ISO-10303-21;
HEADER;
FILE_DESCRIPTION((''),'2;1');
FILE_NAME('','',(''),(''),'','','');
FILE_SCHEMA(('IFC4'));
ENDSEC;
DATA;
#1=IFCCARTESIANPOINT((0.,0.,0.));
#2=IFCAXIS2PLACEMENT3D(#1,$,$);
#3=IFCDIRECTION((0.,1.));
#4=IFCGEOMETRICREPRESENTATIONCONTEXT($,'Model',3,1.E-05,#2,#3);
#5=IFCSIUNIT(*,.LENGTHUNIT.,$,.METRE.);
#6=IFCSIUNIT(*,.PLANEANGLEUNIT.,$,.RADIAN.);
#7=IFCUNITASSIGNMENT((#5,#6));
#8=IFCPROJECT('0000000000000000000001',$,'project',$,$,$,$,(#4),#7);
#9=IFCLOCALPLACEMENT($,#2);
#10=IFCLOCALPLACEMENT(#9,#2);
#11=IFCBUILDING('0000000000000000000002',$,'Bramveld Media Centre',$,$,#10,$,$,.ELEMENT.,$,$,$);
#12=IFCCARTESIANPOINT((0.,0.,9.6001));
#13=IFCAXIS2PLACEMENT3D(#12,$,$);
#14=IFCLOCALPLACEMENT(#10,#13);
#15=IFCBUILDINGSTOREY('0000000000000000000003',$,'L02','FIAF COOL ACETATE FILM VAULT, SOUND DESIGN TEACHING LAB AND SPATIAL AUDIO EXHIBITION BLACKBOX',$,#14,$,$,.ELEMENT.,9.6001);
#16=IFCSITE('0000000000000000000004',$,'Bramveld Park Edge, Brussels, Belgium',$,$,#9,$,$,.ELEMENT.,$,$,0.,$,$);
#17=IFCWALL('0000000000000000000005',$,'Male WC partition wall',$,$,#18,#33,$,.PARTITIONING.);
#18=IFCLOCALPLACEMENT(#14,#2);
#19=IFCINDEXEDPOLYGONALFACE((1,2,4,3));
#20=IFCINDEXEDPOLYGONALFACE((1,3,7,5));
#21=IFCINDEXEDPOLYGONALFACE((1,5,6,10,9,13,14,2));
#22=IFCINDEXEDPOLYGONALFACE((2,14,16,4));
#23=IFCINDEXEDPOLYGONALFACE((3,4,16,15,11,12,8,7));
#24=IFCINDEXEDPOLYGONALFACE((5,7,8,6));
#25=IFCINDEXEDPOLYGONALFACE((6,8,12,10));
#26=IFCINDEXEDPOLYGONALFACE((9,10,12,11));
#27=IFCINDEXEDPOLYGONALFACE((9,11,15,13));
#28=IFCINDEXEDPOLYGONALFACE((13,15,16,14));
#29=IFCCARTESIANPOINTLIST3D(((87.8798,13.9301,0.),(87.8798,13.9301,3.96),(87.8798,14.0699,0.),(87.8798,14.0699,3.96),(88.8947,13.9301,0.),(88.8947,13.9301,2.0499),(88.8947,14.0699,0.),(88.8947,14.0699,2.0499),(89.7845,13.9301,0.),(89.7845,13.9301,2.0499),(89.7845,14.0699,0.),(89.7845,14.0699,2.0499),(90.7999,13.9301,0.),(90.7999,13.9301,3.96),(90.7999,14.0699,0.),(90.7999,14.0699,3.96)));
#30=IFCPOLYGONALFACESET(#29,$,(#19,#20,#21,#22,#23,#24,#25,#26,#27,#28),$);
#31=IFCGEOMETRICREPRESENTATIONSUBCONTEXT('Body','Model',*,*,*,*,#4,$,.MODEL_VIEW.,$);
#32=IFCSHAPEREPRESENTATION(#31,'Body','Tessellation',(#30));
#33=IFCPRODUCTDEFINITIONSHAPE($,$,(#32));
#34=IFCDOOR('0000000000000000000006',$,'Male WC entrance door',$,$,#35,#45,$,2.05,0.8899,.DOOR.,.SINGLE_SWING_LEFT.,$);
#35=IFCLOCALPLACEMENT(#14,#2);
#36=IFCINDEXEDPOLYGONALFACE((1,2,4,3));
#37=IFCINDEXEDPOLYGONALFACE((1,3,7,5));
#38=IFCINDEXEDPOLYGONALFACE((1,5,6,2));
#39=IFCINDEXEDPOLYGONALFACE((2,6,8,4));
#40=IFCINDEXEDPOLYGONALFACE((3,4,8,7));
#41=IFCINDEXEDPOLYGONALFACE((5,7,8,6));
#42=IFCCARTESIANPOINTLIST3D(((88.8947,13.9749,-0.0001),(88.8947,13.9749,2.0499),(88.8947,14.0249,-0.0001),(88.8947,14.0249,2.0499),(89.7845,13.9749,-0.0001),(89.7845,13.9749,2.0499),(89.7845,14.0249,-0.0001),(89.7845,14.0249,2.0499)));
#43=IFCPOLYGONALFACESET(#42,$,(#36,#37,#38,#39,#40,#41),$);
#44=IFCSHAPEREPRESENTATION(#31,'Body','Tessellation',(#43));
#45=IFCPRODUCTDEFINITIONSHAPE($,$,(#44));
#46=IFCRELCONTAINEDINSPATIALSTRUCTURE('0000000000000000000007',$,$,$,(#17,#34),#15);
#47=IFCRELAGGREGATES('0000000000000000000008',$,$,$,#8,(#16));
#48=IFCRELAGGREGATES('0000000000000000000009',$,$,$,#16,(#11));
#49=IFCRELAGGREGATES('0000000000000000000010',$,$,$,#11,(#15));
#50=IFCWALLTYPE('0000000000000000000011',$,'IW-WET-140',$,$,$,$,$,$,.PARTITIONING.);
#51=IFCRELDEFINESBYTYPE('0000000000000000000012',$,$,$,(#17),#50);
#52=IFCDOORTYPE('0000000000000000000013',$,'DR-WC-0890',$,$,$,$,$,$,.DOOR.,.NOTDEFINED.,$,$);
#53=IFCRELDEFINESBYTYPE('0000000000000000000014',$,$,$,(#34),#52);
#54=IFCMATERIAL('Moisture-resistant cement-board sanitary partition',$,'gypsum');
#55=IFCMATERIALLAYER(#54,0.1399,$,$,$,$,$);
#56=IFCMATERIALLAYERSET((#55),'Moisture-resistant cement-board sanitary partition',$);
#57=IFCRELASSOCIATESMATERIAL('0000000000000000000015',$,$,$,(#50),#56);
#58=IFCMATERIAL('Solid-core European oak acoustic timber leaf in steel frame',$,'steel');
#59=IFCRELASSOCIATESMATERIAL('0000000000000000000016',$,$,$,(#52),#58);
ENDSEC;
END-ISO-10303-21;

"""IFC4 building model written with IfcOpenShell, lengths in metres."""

from ifc_helpers import new_model, si_unit, direction, frame, frame_2d, origin, place, context, subcontext, project, spatial, rectangle, extrude, material, layer, layer_set, type_object, element, fill, save


model = new_model("IFC4")

# Units and contexts
model_context = context("Model", 3, precision=1e-05, world=origin(), true_north=direction((0.0, 1.0)))
body_context = subcontext(model_context, "Body", "Model", "MODEL_VIEW")
ifc_project = project(units=[si_unit("LENGTHUNIT", "METRE"), si_unit("PLANEANGLEUNIT", "RADIAN")], contexts=[model_context])

# Site, building, storey
site_placement = place(None, origin())
site = spatial("IfcSite", under=ifc_project, at=site_placement, Name="Bramveld Park Edge, Brussels, Belgium", CompositionType="ELEMENT", RefElevation=0.0)
building_placement = place(site_placement, origin())
building = spatial("IfcBuilding", under=site, at=building_placement, Name="Bramveld Media Centre", CompositionType="ELEMENT")
storey_placement = place(building_placement, frame((0.0, 0.0, 9.6001)))
storey = spatial("IfcBuildingStorey", under=building, at=storey_placement, Name="L02", Description="FIAF COOL ACETATE FILM VAULT, SOUND DESIGN TEACHING LAB AND SPATIAL AUDIO EXHIBITION BLACKBOX", CompositionType="ELEMENT", Elevation=9.6001)

# Shared definitions
ifc_material_1 = material(Name="Moisture-resistant cement-board sanitary partition", Category="gypsum")
ifc_layer_1 = layer(ifc_material_1, 0.1399)
ifc_layer_set_1 = layer_set([ifc_layer_1], Name="Moisture-resistant cement-board sanitary partition")
wall_type_1 = type_object("IfcWallType", Name="IW-WET-140", PredefinedType="PARTITIONING", material=ifc_layer_set_1)

# Wall, opening, door
wall_1_placement = place(storey_placement, frame((87.8799, 14.0, 0.0), z_axis=(0.0, 0.0, 1.0), x_axis=(1.0, 0.0, 0.0)))
wall_1 = element("IfcWall", 1, at=wall_1_placement, inside=storey, type_object=wall_type_1, Name="Male WC partition wall", PredefinedType="PARTITIONING", context=body_context, shape_type="SweptSolid", body=[
    extrude(rectangle(XDim=2.9202, YDim=0.1399, at=frame_2d((1.46, 0.0))), origin(), (0.0, 0.0, 1.0), 3.96),
])
opening_1_placement = place(wall_1_placement, frame((1.0149, 0.0, 0.0)))
opening_1 = element("IfcOpeningElement", 2, at=opening_1_placement, cuts=wall_1, PredefinedType="OPENING", context=body_context, shape_type="SweptSolid", body=[
    extrude(rectangle(XDim=0.8899, YDim=2.05, at=frame_2d((0.4448, 1.0249))), frame((0.0, 0.082, 0.0), z_axis=(0.0, -1.0, 0.0), x_axis=(1.0, 0.0, 0.0)), (0.0, 0.0, 1.0), 0.1638),
])
ifc_material_2 = material(Name="Solid-core European oak acoustic timber leaf in steel frame", Category="steel")
door_type_1 = type_object("IfcDoorType", Name="DR-WC-0890", OperationType="NOTDEFINED", PredefinedType="DOOR", material=ifc_material_2)
door_1_placement = place(opening_1_placement, origin())
door_1 = element("IfcDoor", 3, at=door_1_placement, inside=storey, type_object=door_type_1, Name="Male WC entrance door", OperationType="SINGLE_SWING_LEFT", OverallHeight=2.05, OverallWidth=0.8899, PredefinedType="DOOR", context=body_context, shape_type="SweptSolid", body=[
    extrude(rectangle(XDim=0.8899, YDim=2.05, at=frame_2d((0.4448, 1.0249))), frame((0.0, 0.0249, 0.0), z_axis=(0.0, -1.0, 0.0), x_axis=(1.0, 0.0, 0.0)), (0.0, 0.0, 1.0), 0.05),
])
fill(opening_1, door_1)

save(model, "model.ifc")
